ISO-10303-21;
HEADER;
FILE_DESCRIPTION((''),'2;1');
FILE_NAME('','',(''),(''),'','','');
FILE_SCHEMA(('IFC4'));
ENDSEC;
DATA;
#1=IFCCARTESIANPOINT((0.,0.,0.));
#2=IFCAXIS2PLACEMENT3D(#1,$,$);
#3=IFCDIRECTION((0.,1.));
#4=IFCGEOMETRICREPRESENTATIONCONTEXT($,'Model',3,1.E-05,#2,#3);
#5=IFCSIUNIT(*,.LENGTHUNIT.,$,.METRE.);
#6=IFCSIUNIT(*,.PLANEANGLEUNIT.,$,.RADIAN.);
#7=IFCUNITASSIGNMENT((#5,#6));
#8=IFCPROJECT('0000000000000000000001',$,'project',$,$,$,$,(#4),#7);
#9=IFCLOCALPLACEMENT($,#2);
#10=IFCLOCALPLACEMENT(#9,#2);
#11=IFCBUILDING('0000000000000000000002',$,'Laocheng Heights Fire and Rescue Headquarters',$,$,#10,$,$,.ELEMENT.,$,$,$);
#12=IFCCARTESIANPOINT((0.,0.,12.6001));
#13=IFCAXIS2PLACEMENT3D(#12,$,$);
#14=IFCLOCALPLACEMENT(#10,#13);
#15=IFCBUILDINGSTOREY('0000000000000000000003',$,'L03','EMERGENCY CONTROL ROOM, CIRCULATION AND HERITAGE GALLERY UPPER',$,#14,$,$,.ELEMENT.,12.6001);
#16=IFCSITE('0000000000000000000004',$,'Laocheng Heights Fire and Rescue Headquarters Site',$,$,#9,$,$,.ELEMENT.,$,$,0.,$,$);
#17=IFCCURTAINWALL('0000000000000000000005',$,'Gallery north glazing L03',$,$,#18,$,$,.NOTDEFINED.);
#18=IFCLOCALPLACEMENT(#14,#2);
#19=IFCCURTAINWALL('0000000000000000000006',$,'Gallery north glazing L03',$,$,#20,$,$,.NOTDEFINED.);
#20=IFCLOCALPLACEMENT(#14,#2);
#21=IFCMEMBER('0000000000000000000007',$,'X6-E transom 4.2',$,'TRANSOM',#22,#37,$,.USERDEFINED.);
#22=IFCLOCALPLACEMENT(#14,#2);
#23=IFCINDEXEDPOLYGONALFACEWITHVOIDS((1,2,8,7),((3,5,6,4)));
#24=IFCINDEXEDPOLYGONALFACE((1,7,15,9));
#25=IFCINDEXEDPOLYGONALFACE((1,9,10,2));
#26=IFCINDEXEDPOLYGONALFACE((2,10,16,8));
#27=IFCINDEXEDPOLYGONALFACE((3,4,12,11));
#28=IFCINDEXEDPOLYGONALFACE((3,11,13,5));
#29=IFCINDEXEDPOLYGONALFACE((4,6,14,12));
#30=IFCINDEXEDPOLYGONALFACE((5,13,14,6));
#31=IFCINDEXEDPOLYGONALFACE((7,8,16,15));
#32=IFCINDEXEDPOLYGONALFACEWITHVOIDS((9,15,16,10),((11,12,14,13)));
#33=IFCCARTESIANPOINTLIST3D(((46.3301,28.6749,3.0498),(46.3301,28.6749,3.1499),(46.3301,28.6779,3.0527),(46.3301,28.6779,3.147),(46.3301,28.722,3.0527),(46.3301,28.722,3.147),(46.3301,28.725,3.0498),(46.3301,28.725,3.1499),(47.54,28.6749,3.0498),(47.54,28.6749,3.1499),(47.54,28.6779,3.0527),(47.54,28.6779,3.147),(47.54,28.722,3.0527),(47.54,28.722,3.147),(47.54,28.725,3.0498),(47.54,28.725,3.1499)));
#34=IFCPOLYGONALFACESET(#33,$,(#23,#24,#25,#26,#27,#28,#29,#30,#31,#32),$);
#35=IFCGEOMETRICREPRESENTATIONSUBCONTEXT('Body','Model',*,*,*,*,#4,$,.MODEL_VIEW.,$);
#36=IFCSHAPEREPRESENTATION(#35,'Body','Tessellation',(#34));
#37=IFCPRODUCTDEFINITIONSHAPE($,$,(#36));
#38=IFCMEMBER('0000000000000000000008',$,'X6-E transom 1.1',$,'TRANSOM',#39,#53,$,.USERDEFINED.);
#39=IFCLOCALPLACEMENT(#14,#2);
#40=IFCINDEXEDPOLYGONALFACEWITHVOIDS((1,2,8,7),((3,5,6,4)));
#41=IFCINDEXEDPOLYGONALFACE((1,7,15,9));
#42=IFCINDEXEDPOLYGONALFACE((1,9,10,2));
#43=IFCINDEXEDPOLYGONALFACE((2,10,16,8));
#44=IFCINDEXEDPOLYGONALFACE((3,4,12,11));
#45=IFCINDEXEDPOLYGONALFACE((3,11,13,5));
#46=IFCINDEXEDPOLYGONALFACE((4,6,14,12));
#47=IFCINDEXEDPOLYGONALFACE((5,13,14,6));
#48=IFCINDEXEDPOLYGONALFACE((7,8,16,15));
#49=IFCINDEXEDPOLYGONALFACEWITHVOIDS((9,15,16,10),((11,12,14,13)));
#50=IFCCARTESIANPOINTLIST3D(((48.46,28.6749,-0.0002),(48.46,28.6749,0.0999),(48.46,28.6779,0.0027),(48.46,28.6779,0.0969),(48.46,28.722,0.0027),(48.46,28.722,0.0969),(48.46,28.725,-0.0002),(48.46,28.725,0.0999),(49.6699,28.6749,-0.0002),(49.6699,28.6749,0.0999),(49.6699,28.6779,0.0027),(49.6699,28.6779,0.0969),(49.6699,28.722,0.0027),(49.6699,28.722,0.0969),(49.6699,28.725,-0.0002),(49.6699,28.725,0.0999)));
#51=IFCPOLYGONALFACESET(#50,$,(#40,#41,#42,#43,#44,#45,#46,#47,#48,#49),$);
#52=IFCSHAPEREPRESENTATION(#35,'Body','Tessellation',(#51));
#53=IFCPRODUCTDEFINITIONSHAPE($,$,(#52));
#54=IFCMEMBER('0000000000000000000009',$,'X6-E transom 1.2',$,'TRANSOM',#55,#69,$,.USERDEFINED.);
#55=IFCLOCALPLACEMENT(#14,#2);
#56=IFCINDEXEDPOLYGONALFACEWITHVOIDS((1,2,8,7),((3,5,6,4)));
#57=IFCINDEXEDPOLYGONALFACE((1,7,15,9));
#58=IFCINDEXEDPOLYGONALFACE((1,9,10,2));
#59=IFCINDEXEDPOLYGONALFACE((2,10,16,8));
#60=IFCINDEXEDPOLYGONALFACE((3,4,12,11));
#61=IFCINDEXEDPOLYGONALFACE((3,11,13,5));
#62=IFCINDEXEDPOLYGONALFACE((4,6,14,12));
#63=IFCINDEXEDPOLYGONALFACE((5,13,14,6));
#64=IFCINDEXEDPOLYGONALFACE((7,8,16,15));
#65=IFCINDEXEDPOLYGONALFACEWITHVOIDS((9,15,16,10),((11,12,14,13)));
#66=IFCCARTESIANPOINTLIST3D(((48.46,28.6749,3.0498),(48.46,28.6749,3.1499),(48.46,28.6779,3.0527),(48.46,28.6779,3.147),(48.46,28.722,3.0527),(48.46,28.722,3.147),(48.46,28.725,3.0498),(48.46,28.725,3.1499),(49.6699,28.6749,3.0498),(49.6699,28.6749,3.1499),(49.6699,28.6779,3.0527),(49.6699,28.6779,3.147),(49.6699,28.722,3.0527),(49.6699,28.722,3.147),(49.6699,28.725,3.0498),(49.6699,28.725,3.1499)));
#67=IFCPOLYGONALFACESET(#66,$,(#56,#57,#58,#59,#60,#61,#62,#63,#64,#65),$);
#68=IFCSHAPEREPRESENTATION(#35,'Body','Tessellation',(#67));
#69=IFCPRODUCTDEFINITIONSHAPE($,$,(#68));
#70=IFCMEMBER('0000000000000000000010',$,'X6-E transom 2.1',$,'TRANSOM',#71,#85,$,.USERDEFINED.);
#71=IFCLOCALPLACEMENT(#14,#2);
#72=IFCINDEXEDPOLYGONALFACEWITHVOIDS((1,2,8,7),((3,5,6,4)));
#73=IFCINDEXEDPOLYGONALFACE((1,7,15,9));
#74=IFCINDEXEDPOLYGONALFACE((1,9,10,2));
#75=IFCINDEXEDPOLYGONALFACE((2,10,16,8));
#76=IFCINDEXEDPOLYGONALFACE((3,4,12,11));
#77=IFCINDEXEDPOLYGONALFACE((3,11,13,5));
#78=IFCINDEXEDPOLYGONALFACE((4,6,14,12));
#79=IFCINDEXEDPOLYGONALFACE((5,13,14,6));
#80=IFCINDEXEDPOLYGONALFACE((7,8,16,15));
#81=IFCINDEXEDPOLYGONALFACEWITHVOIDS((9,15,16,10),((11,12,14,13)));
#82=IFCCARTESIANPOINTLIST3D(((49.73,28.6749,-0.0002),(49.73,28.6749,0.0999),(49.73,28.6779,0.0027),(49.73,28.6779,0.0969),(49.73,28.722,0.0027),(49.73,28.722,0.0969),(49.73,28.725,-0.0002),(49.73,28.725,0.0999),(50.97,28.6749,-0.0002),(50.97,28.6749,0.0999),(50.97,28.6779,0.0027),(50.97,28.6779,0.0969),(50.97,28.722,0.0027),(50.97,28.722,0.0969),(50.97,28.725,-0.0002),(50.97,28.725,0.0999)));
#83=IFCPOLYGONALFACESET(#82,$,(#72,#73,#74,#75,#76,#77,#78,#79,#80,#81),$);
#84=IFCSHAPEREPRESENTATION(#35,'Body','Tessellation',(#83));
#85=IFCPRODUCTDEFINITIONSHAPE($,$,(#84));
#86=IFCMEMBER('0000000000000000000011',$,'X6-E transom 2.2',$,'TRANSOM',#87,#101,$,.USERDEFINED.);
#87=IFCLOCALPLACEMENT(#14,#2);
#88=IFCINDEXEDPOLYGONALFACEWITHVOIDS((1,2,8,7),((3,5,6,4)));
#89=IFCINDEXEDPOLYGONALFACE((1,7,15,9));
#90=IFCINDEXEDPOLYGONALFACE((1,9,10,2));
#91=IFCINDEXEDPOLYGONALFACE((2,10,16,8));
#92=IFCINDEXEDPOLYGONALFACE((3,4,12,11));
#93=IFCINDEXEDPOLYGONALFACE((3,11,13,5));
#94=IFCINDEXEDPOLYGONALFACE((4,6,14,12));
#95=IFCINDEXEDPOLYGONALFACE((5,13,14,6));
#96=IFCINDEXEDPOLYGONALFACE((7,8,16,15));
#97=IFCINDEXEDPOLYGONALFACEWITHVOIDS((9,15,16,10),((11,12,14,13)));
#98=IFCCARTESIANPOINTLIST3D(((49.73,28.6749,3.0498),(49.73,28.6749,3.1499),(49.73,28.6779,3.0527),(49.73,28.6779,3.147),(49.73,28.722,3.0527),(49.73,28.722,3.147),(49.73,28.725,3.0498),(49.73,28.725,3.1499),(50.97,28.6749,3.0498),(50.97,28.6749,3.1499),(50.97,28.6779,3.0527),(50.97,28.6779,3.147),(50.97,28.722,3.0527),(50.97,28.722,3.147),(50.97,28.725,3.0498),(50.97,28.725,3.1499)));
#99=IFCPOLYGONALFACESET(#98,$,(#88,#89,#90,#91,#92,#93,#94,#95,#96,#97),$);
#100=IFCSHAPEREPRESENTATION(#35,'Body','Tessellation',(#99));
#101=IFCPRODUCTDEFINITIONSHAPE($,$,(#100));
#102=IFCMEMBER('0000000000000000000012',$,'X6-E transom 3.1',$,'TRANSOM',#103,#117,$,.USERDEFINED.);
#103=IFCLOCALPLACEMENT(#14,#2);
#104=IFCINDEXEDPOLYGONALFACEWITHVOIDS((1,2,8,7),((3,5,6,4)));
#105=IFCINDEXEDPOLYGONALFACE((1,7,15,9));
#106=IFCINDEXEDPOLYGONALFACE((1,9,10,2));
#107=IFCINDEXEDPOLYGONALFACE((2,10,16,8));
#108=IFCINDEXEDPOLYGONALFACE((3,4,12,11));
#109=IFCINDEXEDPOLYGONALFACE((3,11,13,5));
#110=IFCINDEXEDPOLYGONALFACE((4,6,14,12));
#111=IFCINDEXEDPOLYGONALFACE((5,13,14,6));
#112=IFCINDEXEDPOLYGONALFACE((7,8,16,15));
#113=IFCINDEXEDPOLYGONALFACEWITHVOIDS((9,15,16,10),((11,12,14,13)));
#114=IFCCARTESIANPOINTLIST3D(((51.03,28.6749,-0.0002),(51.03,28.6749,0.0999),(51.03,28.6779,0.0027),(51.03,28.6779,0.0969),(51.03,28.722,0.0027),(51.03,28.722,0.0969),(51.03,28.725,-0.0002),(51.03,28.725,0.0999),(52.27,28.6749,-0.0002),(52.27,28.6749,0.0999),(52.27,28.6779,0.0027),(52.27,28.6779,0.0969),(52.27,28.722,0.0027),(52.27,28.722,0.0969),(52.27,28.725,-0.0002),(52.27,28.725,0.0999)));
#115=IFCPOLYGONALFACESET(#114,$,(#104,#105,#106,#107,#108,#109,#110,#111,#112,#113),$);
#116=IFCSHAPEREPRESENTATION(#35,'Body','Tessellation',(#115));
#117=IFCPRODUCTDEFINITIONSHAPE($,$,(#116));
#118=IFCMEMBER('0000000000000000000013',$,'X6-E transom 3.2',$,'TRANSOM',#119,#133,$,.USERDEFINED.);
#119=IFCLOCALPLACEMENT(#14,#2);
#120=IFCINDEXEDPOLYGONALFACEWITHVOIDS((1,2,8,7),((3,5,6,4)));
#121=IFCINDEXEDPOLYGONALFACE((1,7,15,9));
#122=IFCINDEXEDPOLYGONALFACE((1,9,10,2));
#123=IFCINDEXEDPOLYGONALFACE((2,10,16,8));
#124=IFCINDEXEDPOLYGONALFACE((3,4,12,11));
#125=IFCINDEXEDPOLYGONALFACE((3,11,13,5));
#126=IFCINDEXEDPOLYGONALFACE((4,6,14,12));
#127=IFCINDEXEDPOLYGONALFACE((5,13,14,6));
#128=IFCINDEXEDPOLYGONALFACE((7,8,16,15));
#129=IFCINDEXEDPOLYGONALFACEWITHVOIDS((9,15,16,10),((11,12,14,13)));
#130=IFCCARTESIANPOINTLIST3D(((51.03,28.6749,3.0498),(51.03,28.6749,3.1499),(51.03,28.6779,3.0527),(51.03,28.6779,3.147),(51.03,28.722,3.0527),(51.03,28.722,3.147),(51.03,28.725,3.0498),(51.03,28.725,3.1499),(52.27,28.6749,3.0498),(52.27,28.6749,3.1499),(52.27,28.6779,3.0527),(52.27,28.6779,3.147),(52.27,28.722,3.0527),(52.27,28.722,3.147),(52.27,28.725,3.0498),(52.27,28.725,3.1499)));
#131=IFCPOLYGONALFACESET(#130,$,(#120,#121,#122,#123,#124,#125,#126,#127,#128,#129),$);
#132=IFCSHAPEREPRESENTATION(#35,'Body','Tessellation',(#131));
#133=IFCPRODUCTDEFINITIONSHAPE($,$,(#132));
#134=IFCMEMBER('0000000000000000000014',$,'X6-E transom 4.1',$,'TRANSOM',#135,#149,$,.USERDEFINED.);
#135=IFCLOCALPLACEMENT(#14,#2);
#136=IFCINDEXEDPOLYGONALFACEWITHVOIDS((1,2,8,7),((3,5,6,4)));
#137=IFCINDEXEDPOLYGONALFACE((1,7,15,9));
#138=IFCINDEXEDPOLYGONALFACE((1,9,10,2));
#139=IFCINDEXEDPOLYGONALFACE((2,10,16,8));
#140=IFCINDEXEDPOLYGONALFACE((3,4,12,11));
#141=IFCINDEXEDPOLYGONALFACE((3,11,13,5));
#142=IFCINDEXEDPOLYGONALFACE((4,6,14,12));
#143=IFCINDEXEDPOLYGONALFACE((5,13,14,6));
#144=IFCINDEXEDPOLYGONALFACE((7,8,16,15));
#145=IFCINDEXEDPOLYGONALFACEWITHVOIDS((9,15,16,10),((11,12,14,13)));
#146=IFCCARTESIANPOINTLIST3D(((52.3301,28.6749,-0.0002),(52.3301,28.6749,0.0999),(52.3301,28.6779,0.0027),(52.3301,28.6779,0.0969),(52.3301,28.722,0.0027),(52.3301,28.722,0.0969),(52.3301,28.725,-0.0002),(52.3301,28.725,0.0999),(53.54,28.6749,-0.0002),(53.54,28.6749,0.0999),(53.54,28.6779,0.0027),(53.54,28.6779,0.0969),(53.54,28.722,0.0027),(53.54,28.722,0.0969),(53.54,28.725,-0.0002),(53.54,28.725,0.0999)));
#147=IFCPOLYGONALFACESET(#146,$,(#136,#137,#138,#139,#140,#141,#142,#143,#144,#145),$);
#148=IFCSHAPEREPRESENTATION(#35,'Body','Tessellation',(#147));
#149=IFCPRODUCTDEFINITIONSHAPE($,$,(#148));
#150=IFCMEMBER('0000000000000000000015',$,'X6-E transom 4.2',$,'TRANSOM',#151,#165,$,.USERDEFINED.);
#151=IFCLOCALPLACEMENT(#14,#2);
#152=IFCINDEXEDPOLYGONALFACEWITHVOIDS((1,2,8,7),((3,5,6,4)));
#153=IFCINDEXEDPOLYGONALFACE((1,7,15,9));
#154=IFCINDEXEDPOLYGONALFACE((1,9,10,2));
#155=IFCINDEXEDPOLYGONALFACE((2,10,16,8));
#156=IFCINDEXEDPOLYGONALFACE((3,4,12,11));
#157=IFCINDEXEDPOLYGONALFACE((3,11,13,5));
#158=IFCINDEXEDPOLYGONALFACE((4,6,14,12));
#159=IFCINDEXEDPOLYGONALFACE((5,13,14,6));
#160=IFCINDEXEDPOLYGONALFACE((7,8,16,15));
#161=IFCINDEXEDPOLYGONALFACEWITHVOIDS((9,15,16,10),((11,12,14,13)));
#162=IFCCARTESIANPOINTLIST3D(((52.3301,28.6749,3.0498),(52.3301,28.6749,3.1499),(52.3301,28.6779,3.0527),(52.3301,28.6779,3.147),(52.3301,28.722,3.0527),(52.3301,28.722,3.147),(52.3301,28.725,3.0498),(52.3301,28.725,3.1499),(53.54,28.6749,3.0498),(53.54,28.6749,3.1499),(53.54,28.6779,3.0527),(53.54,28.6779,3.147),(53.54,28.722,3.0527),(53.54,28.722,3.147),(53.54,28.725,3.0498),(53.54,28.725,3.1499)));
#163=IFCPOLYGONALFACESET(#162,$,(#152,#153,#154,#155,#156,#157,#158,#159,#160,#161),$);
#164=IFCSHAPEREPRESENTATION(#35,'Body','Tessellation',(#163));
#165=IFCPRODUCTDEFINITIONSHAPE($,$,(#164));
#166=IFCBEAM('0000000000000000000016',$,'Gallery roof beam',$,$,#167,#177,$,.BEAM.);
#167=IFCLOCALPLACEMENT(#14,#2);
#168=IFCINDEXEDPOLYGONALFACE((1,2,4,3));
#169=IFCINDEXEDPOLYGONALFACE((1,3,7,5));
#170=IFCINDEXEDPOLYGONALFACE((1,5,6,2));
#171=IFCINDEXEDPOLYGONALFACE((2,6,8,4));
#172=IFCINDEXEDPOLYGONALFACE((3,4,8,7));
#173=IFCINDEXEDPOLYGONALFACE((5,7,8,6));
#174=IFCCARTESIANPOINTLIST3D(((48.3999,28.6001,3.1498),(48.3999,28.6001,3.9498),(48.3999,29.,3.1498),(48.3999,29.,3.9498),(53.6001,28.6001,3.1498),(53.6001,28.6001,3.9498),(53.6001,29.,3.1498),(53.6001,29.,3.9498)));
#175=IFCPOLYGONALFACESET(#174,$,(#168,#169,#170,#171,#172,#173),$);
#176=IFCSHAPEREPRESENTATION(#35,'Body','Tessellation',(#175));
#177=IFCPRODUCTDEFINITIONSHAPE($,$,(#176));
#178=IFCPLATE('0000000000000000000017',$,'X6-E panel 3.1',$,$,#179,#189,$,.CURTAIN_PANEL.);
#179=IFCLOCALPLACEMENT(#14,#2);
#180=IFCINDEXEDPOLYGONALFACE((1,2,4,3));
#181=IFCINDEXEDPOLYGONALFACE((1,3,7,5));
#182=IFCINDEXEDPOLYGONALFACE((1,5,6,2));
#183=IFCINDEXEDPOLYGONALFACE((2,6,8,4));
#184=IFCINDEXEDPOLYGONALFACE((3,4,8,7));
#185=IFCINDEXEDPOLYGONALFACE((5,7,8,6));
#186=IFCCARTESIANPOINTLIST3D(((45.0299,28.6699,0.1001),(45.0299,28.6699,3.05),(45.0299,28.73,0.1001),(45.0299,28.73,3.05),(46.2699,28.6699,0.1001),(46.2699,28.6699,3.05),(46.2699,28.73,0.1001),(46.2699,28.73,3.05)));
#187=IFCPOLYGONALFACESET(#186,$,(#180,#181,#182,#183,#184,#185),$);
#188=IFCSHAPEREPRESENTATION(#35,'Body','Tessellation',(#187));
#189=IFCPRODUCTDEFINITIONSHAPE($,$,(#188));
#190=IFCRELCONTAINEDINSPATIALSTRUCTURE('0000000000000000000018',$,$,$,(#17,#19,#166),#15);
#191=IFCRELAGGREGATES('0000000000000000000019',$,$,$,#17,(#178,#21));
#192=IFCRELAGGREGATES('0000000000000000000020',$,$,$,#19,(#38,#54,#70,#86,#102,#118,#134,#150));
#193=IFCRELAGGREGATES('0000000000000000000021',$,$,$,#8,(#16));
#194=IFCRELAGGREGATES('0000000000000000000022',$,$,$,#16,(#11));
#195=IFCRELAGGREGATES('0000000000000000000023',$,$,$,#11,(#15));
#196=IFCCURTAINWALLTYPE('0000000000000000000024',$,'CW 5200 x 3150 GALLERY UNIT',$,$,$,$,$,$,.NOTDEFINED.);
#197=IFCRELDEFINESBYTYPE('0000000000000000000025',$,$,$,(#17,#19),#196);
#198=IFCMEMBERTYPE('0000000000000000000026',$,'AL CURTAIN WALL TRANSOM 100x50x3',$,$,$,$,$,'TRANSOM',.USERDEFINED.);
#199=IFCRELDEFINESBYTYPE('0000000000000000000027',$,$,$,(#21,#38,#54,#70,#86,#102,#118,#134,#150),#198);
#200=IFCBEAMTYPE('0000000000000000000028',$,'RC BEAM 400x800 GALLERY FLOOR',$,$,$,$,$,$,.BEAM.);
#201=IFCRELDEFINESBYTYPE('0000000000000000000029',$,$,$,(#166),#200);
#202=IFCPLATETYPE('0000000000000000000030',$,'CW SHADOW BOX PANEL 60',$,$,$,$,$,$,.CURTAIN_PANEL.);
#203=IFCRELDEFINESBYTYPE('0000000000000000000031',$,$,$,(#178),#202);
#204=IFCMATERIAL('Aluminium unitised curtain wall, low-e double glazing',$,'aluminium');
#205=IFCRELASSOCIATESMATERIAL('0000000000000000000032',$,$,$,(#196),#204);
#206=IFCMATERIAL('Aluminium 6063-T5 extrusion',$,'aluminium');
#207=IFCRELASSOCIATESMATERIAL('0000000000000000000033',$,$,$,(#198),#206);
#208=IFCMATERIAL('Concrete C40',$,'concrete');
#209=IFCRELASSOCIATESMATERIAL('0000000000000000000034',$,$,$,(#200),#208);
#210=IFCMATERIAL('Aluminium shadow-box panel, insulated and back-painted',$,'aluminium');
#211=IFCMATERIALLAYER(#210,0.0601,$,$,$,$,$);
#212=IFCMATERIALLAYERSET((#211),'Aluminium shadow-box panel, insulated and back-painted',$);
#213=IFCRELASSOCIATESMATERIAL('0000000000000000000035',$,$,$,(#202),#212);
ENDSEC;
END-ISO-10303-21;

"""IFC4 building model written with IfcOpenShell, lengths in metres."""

from ifc_helpers import new_model, si_unit, direction, frame, origin, origin_2d, place, context, subcontext, project, spatial, rectangle, hollow_rectangle, extrude, material, layer, layer_set, material_profile, profile_set, type_object, element, aggregate, save


model = new_model("IFC4")

# Units and contexts
model_context = context("Model", 3, precision=1e-05, world=origin(), true_north=direction((0.0, 1.0)))
body_context = subcontext(model_context, "Body", "Model", "MODEL_VIEW")
ifc_project = project(units=[si_unit("LENGTHUNIT", "METRE"), si_unit("PLANEANGLEUNIT", "RADIAN")], contexts=[model_context])

# Site, building, storey
site_placement = place(None, origin())
site = spatial("IfcSite", under=ifc_project, at=site_placement, Name="Laocheng Heights Fire and Rescue Headquarters Site", CompositionType="ELEMENT", RefElevation=0.0)
building_placement = place(site_placement, origin())
building = spatial("IfcBuilding", under=site, at=building_placement, Name="Laocheng Heights Fire and Rescue Headquarters", CompositionType="ELEMENT")
storey_placement = place(building_placement, frame((0.0, 0.0, 12.6001)))
storey = spatial("IfcBuildingStorey", under=building, at=storey_placement, Name="L03", Description="EMERGENCY CONTROL ROOM, CIRCULATION AND HERITAGE GALLERY UPPER", CompositionType="ELEMENT", Elevation=12.6001)

# Curtain walls
ifc_material_1 = material(Name="Aluminium unitised curtain wall, low-e double glazing", Category="aluminium")
curtain_wall_type = type_object("IfcCurtainWallType", Name="CW 5200 x 3150 GALLERY UNIT", PredefinedType="NOTDEFINED", material=ifc_material_1)
curtain_wall_1_placement = place(storey_placement, origin())
curtain_wall_1 = element("IfcCurtainWall", 1, at=curtain_wall_1_placement, inside=storey, type_object=curtain_wall_type, Name="Gallery north glazing L03", PredefinedType="NOTDEFINED")
curtain_wall_2_placement = place(storey_placement, origin())
curtain_wall_2 = element("IfcCurtainWall", 2, at=curtain_wall_2_placement, inside=storey, type_object=curtain_wall_type, Name="Gallery north glazing L03", PredefinedType="NOTDEFINED")

# Members
ifc_material_2 = material(Name="Aluminium 6063-T5 extrusion", Category="aluminium")
ifc_material_profile_1 = material_profile(ifc_material_2, hollow_rectangle(XDim=0.05, YDim=0.1001, WallThickness=0.0029, at=origin_2d()), Name="AL TRANSOM 100x50x3")
ifc_profile_set_1 = profile_set([ifc_material_profile_1], Name="Aluminium 6063-T5 extrusion")
member_type_1 = type_object("IfcMemberType", Name="AL CURTAIN WALL TRANSOM 100x50x3", ElementType="TRANSOM", PredefinedType="USERDEFINED", material=ifc_profile_set_1)
member_1_placement = place(storey_placement, frame((46.3301, 28.7, 3.0999), z_axis=(1.0, 0.0, 0.0), x_axis=(0.0, 1.0, 0.0)))
member_1 = element("IfcMember", 3, at=member_1_placement, type_object=member_type_1, Name="X6-E transom 4.2", ObjectType="TRANSOM", PredefinedType="USERDEFINED", context=body_context, shape_type="SweptSolid", body=[
    extrude(hollow_rectangle(XDim=0.05, YDim=0.1001, WallThickness=0.0029, at=origin_2d()), origin(), (0.0, 0.0, 1.0), 1.21),
])
member_2_placement = place(storey_placement, frame((48.46, 28.7, 0.0498), z_axis=(1.0, 0.0, 0.0), x_axis=(0.0, 1.0, 0.0)))
member_2 = element("IfcMember", 4, at=member_2_placement, type_object=member_type_1, Name="X6-E transom 1.1", ObjectType="TRANSOM", PredefinedType="USERDEFINED", context=body_context, shape_type="SweptSolid", body=[
    extrude(hollow_rectangle(XDim=0.05, YDim=0.1001, WallThickness=0.0029, at=origin_2d()), origin(), (0.0, 0.0, 1.0), 1.21),
])
member_3_placement = place(storey_placement, frame((48.46, 28.7, 3.0999), z_axis=(1.0, 0.0, 0.0), x_axis=(0.0, 1.0, 0.0)))
member_3 = element("IfcMember", 5, at=member_3_placement, type_object=member_type_1, Name="X6-E transom 1.2", ObjectType="TRANSOM", PredefinedType="USERDEFINED", context=body_context, shape_type="SweptSolid", body=[
    extrude(hollow_rectangle(XDim=0.05, YDim=0.1001, WallThickness=0.0029, at=origin_2d()), origin(), (0.0, 0.0, 1.0), 1.21),
])
member_4_placement = place(storey_placement, frame((49.73, 28.7, 0.0498), z_axis=(1.0, 0.0, 0.0), x_axis=(0.0, 1.0, 0.0)))
member_4 = element("IfcMember", 6, at=member_4_placement, type_object=member_type_1, Name="X6-E transom 2.1", ObjectType="TRANSOM", PredefinedType="USERDEFINED", context=body_context, shape_type="SweptSolid", body=[
    extrude(hollow_rectangle(XDim=0.05, YDim=0.1001, WallThickness=0.0029, at=origin_2d()), origin(), (0.0, 0.0, 1.0), 1.24),
])
member_5_placement = place(storey_placement, frame((49.73, 28.7, 3.0999), z_axis=(1.0, 0.0, 0.0), x_axis=(0.0, 1.0, 0.0)))
member_5 = element("IfcMember", 7, at=member_5_placement, type_object=member_type_1, Name="X6-E transom 2.2", ObjectType="TRANSOM", PredefinedType="USERDEFINED", context=body_context, shape_type="SweptSolid", body=[
    extrude(hollow_rectangle(XDim=0.05, YDim=0.1001, WallThickness=0.0029, at=origin_2d()), origin(), (0.0, 0.0, 1.0), 1.24),
])
member_6_placement = place(storey_placement, frame((51.03, 28.7, 0.0498), z_axis=(1.0, 0.0, 0.0), x_axis=(0.0, 1.0, 0.0)))
member_6 = element("IfcMember", 8, at=member_6_placement, type_object=member_type_1, Name="X6-E transom 3.1", ObjectType="TRANSOM", PredefinedType="USERDEFINED", context=body_context, shape_type="SweptSolid", body=[
    extrude(hollow_rectangle(XDim=0.05, YDim=0.1001, WallThickness=0.0029, at=origin_2d()), origin(), (0.0, 0.0, 1.0), 1.24),
])
member_7_placement = place(storey_placement, frame((51.03, 28.7, 3.0999), z_axis=(1.0, 0.0, 0.0), x_axis=(0.0, 1.0, 0.0)))
member_7 = element("IfcMember", 9, at=member_7_placement, type_object=member_type_1, Name="X6-E transom 3.2", ObjectType="TRANSOM", PredefinedType="USERDEFINED", context=body_context, shape_type="SweptSolid", body=[
    extrude(hollow_rectangle(XDim=0.05, YDim=0.1001, WallThickness=0.0029, at=origin_2d()), origin(), (0.0, 0.0, 1.0), 1.24),
])
member_8_placement = place(storey_placement, frame((52.3301, 28.7, 0.0498), z_axis=(1.0, 0.0, 0.0), x_axis=(0.0, 1.0, 0.0)))
member_8 = element("IfcMember", 10, at=member_8_placement, type_object=member_type_1, Name="X6-E transom 4.1", ObjectType="TRANSOM", PredefinedType="USERDEFINED", context=body_context, shape_type="SweptSolid", body=[
    extrude(hollow_rectangle(XDim=0.05, YDim=0.1001, WallThickness=0.0029, at=origin_2d()), origin(), (0.0, 0.0, 1.0), 1.21),
])
member_9_placement = place(storey_placement, frame((52.3301, 28.7, 3.0999), z_axis=(1.0, 0.0, 0.0), x_axis=(0.0, 1.0, 0.0)))
member_9 = element("IfcMember", 11, at=member_9_placement, type_object=member_type_1, Name="X6-E transom 4.2", ObjectType="TRANSOM", PredefinedType="USERDEFINED", context=body_context, shape_type="SweptSolid", body=[
    extrude(hollow_rectangle(XDim=0.05, YDim=0.1001, WallThickness=0.0029, at=origin_2d()), origin(), (0.0, 0.0, 1.0), 1.21),
])

# Beam
ifc_material_3 = material(Name="Concrete C40", Category="concrete")
ifc_material_profile_2 = material_profile(ifc_material_3, rectangle(XDim=0.3999, YDim=0.8, at=origin_2d()), Name="RC BEAM 400x800 GALLERY FLOOR")
ifc_profile_set_2 = profile_set([ifc_material_profile_2], Name="Concrete C40")
beam_type = type_object("IfcBeamType", Name="RC BEAM 400x800 GALLERY FLOOR", PredefinedType="BEAM", material=ifc_profile_set_2)
beam_placement = place(storey_placement, frame((48.3999, 28.8, 3.5498), z_axis=(1.0, 0.0, 0.0), x_axis=(0.0, 1.0, 0.0)))
element("IfcBeam", 12, at=beam_placement, inside=storey, type_object=beam_type, Name="Gallery roof beam", PredefinedType="BEAM", context=body_context, shape_type="SweptSolid", body=[
    extrude(rectangle(XDim=0.3999, YDim=0.8, at=origin_2d()), origin(), (0.0, 0.0, 1.0), 5.2002),
])

# Plate
ifc_material_4 = material(Name="Aluminium shadow-box panel, insulated and back-painted", Category="aluminium")
ifc_layer = layer(ifc_material_4, 0.0601)
ifc_layer_set = layer_set([ifc_layer], Name="Aluminium shadow-box panel, insulated and back-painted")
plate_type = type_object("IfcPlateType", Name="CW SHADOW BOX PANEL 60", PredefinedType="CURTAIN_PANEL", material=ifc_layer_set)
plate_1_placement = place(storey_placement, frame((45.6499, 28.7, 0.1001), z_axis=(0.0, 0.0, 1.0), x_axis=(1.0, 0.0, 0.0)))
plate_1 = element("IfcPlate", 13, at=plate_1_placement, type_object=plate_type, Name="X6-E panel 3.1", PredefinedType="CURTAIN_PANEL", context=body_context, shape_type="SweptSolid", body=[
    extrude(rectangle(XDim=1.24, YDim=0.0601, at=origin_2d()), origin(), (0.0, 0.0, 1.0), 2.95),
])
aggregate(curtain_wall_1, [plate_1, member_1])
aggregate(curtain_wall_2, [member_2, member_3, member_4, member_5, member_6, member_7, member_8, member_9])

save(model, "model.ifc")
